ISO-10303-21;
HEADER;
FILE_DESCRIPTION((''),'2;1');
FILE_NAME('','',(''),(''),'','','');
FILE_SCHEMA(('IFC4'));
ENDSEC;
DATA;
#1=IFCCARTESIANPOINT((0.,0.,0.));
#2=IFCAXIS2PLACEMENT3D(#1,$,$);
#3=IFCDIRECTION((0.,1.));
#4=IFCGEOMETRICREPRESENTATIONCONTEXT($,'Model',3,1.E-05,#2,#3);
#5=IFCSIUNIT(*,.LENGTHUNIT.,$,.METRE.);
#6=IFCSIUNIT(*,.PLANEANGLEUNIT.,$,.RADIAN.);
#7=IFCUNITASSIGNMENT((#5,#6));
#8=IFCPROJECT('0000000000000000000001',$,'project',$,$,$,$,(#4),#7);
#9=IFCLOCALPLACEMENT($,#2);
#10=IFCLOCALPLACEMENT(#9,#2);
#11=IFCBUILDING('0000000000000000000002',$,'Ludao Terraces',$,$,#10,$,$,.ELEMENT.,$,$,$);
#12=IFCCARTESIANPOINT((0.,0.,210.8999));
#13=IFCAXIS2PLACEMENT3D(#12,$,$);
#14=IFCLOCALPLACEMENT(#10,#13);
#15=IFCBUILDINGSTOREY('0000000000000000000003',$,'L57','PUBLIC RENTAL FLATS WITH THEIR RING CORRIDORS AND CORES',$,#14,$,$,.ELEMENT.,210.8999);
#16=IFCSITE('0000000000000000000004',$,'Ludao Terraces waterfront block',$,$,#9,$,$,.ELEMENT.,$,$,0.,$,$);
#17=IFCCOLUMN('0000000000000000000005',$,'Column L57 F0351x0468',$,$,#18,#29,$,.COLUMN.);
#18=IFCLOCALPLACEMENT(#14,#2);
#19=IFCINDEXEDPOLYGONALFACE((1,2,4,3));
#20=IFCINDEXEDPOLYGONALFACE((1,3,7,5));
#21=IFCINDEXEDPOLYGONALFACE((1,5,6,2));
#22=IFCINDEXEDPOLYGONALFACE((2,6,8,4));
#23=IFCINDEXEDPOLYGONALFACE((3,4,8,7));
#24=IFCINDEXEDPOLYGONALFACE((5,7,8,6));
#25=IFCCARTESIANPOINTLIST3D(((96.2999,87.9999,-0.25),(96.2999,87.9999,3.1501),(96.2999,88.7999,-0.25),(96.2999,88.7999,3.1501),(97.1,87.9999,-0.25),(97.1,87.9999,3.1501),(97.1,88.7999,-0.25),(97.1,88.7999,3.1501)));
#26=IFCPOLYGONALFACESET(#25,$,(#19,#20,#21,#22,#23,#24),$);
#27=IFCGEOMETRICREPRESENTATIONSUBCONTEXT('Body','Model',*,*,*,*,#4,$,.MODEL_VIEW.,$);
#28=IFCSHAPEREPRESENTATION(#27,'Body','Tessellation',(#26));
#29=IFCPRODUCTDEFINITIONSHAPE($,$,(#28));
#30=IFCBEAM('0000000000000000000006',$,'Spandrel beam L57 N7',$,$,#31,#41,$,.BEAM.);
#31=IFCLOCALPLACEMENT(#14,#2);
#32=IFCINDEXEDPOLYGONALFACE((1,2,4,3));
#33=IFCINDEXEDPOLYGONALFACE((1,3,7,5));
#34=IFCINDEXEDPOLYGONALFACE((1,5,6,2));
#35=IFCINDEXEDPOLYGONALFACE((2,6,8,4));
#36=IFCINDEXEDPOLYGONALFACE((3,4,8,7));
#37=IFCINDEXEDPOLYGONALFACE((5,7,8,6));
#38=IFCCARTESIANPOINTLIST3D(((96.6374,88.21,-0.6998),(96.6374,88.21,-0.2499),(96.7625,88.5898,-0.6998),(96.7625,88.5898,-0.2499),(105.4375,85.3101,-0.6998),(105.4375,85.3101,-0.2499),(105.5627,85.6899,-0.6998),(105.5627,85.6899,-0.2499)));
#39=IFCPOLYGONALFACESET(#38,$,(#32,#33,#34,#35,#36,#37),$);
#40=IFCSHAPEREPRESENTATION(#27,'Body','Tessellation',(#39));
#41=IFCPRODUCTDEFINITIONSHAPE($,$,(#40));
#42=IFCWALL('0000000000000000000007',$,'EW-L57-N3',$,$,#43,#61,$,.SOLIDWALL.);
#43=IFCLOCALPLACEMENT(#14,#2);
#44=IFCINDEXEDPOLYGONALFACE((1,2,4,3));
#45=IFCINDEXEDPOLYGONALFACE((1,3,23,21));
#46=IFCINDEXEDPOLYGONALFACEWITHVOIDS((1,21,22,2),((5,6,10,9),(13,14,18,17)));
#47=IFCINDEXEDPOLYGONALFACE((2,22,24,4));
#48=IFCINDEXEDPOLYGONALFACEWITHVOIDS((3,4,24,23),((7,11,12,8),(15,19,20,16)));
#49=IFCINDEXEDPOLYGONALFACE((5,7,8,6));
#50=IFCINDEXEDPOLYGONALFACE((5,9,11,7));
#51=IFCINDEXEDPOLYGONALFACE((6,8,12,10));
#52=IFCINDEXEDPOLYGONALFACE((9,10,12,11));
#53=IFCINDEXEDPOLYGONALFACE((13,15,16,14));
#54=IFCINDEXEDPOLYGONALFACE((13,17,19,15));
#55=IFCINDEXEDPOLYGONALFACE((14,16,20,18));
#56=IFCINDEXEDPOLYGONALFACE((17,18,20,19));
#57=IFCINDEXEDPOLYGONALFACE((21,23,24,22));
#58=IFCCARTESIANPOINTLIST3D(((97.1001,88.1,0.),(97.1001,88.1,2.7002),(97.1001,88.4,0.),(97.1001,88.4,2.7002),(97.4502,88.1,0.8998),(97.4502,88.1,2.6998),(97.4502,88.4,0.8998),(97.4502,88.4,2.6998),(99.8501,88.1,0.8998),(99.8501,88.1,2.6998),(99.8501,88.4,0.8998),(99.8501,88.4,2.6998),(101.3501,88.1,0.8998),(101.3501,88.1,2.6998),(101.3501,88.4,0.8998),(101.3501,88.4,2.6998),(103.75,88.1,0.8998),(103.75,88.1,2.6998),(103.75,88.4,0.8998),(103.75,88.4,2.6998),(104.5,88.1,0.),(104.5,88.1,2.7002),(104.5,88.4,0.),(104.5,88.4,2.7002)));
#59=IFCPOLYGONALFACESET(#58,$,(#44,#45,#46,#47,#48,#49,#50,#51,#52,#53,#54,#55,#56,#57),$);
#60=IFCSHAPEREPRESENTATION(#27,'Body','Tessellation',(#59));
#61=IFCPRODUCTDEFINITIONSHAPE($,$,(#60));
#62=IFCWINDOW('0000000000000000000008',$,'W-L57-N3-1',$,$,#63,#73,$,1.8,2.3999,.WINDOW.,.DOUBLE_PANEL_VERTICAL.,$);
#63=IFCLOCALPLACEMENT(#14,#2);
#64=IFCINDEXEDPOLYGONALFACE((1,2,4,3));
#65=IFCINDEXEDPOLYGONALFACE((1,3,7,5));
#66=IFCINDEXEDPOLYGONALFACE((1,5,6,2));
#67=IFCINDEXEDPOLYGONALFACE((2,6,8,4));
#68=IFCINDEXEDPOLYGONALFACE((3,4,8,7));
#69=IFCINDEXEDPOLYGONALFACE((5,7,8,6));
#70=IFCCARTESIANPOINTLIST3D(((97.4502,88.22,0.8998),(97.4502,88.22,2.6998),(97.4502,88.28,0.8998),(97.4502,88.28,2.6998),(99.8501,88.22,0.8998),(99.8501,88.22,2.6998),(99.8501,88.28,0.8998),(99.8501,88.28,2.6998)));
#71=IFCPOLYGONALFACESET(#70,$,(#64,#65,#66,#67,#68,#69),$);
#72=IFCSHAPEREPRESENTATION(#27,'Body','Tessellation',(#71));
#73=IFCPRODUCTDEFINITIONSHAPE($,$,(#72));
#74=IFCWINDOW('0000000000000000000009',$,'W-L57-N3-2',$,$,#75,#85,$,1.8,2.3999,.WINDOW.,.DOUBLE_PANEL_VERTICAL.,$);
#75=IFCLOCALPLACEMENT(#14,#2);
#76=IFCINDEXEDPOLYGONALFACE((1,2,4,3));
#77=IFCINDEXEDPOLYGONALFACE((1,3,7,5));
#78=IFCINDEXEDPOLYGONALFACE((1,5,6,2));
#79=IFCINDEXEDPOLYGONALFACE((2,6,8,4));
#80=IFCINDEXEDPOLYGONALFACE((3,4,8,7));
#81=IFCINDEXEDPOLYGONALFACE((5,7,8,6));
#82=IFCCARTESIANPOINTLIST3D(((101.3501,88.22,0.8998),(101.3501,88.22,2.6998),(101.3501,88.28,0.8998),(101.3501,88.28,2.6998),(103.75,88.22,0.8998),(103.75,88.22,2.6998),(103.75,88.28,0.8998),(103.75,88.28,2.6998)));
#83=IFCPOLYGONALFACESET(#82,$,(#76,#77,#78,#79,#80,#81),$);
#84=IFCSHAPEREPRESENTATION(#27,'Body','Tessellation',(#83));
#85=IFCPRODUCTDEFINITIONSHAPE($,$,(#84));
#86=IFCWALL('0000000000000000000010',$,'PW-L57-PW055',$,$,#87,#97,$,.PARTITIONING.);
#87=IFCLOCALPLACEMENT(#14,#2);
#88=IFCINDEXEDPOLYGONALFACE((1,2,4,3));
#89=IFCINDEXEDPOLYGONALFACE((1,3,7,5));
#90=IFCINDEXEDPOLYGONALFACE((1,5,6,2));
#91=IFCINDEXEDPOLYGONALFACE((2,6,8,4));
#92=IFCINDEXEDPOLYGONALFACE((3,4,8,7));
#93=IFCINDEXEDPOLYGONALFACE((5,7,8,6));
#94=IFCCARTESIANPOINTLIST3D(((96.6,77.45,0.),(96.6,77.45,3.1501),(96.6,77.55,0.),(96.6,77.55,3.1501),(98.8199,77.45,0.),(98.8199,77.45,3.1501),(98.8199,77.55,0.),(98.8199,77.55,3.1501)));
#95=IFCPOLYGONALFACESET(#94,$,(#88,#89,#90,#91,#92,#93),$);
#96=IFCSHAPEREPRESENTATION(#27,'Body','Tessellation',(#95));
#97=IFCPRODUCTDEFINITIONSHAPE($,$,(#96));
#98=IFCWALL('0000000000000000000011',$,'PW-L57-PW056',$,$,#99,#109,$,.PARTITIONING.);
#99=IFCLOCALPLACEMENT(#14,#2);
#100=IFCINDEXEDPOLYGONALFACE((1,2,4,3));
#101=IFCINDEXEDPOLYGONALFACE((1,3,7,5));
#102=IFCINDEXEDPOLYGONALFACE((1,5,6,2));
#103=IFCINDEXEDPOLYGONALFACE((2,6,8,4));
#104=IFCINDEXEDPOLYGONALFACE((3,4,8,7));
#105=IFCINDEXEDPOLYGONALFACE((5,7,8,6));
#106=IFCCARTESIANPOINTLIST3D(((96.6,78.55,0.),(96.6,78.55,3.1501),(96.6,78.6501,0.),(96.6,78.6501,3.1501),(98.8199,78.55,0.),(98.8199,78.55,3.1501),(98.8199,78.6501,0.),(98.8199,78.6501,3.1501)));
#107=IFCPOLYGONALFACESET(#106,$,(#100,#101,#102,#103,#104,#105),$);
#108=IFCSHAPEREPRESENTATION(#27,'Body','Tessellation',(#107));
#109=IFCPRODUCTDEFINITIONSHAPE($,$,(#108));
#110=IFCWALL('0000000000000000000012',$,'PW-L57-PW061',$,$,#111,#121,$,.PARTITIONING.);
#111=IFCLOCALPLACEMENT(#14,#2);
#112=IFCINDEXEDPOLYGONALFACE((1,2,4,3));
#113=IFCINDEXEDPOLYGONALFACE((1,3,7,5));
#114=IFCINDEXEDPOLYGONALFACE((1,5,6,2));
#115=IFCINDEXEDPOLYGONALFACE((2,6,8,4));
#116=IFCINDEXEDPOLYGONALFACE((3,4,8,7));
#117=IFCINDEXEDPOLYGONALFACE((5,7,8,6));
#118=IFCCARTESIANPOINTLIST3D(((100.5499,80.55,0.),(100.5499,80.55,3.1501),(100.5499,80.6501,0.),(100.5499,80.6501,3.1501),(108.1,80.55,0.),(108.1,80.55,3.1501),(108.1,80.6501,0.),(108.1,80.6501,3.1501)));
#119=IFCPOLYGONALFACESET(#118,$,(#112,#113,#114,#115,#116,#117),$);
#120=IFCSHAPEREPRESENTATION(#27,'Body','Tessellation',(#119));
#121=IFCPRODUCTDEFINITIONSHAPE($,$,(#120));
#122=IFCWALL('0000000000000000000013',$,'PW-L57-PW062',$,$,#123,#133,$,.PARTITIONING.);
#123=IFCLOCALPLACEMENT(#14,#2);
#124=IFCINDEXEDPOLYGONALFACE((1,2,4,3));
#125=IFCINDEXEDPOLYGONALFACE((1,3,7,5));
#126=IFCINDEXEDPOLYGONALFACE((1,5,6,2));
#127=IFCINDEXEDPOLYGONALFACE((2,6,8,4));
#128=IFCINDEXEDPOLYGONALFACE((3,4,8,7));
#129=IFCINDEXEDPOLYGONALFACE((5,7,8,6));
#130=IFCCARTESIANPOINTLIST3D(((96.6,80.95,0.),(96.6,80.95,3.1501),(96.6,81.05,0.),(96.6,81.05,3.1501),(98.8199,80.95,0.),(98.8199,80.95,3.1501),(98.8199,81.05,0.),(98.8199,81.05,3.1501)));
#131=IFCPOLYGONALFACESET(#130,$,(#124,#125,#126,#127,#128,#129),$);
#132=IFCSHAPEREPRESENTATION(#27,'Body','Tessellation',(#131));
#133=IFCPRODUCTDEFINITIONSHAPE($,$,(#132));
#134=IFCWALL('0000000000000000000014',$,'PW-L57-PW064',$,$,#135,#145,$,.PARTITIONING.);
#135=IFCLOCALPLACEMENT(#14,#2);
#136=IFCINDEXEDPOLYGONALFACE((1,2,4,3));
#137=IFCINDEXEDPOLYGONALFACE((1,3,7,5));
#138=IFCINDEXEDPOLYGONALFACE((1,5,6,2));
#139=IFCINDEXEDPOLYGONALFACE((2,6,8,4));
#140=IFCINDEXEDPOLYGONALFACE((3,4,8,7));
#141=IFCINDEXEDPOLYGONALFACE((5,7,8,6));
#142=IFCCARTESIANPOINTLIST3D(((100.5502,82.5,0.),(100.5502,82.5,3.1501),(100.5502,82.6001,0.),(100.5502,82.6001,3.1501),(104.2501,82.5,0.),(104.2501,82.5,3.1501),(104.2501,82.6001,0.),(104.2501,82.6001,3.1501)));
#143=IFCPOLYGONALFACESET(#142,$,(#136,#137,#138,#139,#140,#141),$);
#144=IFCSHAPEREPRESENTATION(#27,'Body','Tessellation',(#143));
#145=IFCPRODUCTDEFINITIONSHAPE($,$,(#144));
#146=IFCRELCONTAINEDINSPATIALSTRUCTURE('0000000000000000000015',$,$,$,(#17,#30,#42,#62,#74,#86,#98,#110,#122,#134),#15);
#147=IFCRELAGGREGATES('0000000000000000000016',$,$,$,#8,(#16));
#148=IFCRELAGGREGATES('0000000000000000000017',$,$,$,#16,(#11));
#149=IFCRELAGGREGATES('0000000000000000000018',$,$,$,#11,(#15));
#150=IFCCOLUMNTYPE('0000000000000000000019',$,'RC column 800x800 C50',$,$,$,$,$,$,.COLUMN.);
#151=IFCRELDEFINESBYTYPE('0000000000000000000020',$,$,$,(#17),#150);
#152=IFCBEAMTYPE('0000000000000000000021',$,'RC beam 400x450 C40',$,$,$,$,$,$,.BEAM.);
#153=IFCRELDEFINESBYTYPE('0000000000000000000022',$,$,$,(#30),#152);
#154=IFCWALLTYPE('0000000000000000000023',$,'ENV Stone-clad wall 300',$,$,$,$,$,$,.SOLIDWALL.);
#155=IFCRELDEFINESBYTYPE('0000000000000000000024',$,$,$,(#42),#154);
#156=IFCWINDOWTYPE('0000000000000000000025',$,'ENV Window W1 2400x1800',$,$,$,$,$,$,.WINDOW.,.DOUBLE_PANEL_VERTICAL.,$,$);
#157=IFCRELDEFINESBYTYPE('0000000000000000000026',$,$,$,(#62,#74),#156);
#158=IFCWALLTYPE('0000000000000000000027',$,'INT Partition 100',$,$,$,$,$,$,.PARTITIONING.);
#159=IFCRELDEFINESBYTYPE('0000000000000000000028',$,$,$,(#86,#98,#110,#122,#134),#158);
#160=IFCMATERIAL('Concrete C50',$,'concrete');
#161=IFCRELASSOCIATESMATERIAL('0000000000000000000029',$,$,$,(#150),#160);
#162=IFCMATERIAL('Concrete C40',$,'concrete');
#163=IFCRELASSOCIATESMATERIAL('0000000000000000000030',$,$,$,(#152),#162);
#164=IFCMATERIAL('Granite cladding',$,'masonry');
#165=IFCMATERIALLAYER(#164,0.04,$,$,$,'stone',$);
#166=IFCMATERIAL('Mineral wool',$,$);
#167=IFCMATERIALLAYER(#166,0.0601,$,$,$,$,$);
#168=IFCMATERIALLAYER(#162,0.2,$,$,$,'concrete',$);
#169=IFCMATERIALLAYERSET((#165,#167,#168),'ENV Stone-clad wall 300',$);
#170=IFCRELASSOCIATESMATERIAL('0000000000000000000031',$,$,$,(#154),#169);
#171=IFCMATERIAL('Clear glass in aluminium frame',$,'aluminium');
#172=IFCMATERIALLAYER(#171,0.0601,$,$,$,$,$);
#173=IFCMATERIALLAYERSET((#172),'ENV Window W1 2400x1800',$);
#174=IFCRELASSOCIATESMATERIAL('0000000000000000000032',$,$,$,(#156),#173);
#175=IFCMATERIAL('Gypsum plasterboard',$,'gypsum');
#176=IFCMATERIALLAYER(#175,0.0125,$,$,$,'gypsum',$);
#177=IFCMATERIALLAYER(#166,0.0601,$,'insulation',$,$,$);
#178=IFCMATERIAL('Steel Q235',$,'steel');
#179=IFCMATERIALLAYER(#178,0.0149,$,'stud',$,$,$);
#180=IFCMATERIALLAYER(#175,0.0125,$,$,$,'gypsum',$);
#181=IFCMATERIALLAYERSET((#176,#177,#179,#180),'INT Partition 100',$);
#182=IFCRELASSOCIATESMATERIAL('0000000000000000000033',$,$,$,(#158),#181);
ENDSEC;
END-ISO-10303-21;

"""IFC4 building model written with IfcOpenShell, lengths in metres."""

from ifc_helpers import new_model, si_unit, direction, frame, frame_2d, origin, origin_2d, place, context, subcontext, project, spatial, rectangle, extrude, material, layer, layer_set, material_profile, profile_set, type_object, element, fill, save


model = new_model("IFC4")

# Units and contexts
model_context = context("Model", 3, precision=1e-05, world=origin(), true_north=direction((0.0, 1.0)))
body_context = subcontext(model_context, "Body", "Model", "MODEL_VIEW")
ifc_project = project(units=[si_unit("LENGTHUNIT", "METRE"), si_unit("PLANEANGLEUNIT", "RADIAN")], contexts=[model_context])

# Site, building, storey
site_placement = place(None, origin())
site = spatial("IfcSite", under=ifc_project, at=site_placement, Name="Ludao Terraces waterfront block", CompositionType="ELEMENT", RefElevation=0.0)
building_placement = place(site_placement, origin())
building = spatial("IfcBuilding", under=site, at=building_placement, Name="Ludao Terraces", CompositionType="ELEMENT")
storey_placement = place(building_placement, frame((0.0, 0.0, 210.8999)))
storey = spatial("IfcBuildingStorey", under=building, at=storey_placement, Name="L57", Description="PUBLIC RENTAL FLATS WITH THEIR RING CORRIDORS AND CORES", CompositionType="ELEMENT", Elevation=210.8999)

# Column
ifc_material_1 = material(Name="Concrete C50", Category="concrete")
ifc_material_profile_1 = material_profile(ifc_material_1, rectangle(XDim=0.8, YDim=0.8, at=origin_2d()), Name="800 X 800")
ifc_profile_set_1 = profile_set([ifc_material_profile_1], Name="Concrete C50")
column_type = type_object("IfcColumnType", Name="RC column 800x800 C50", PredefinedType="COLUMN", material=ifc_profile_set_1)
column_placement = place(storey_placement, frame((96.7, 88.3999, -0.25), z_axis=(0.0, 0.0, 1.0), x_axis=(1.0, 0.0, 0.0)))
element("IfcColumn", 1, at=column_placement, inside=storey, type_object=column_type, Name="Column L57 F0351x0468", PredefinedType="COLUMN", context=body_context, shape_type="SweptSolid", body=[
    extrude(rectangle(XDim=0.8, YDim=0.8, at=origin_2d()), origin(), (0.0, 0.0, 1.0), 3.4001),
])

# Beam
ifc_material_2 = material(Name="Concrete C40", Category="concrete")
ifc_material_profile_2 = material_profile(ifc_material_2, rectangle(XDim=0.3999, YDim=0.45, at=origin_2d()), Name="400 X 450")
ifc_profile_set_2 = profile_set([ifc_material_profile_2], Name="Concrete C40")
beam_type = type_object("IfcBeamType", Name="RC beam 400x450 C40", PredefinedType="BEAM", material=ifc_profile_set_2)
beam_placement = place(storey_placement, frame((96.7, 88.3999, -0.4749), z_axis=(0.949761, -0.312977, 0.0), x_axis=(0.312977, 0.949761, 0.0)))
element("IfcBeam", 2, at=beam_placement, inside=storey, type_object=beam_type, Name="Spandrel beam L57 N7", PredefinedType="BEAM", context=body_context, shape_type="SweptSolid", body=[
    extrude(rectangle(XDim=0.3999, YDim=0.45, at=origin_2d()), origin(), (0.0, 0.0, 1.0), 9.2656),
])

# Wall, openings, windows
ifc_material_3 = material(Name="Granite cladding", Category="masonry")
ifc_layer_1 = layer(ifc_material_3, 0.04, Category="stone")
ifc_material_4 = material(Name="Mineral wool")
ifc_layer_2 = layer(ifc_material_4, 0.0601)
ifc_layer_3 = layer(ifc_material_2, 0.2, Category="concrete")
ifc_layer_set_1 = layer_set([ifc_layer_1, ifc_layer_2, ifc_layer_3], Name="ENV Stone-clad wall 300")
wall_type_1 = type_object("IfcWallType", Name="ENV Stone-clad wall 300", PredefinedType="SOLIDWALL", material=ifc_layer_set_1)
wall_1_placement = place(storey_placement, frame((97.1001, 88.25, 0.0), z_axis=(0.0, 0.0, 1.0), x_axis=(1.0, 0.0, 0.0)))
wall_1 = element("IfcWall", 3, at=wall_1_placement, inside=storey, type_object=wall_type_1, Name="EW-L57-N3", PredefinedType="SOLIDWALL", context=body_context, shape_type="SweptSolid", body=[
    extrude(rectangle(XDim=7.3999, YDim=0.3, at=frame_2d((3.7, 0.0))), origin(), (0.0, 0.0, 1.0), 2.7002),
])
opening_1_placement = place(wall_1_placement, frame((0.3501, 0.0, 0.8999)))
opening_1 = element("IfcOpeningElement", 4, at=opening_1_placement, cuts=wall_1, PredefinedType="OPENING", context=body_context, shape_type="SweptSolid", body=[
    extrude(rectangle(XDim=2.3999, YDim=1.8, at=frame_2d((1.2, 0.8999))), frame((0.0, 0.1602, 0.0), z_axis=(0.0, -1.0, 0.0), x_axis=(1.0, 0.0, 0.0)), (0.0, 0.0, 1.0), 0.3201),
])
opening_2_placement = place(wall_1_placement, frame((4.25, 0.0, 0.8999)))
opening_2 = element("IfcOpeningElement", 5, at=opening_2_placement, cuts=wall_1, PredefinedType="OPENING", context=body_context, shape_type="SweptSolid", body=[
    extrude(rectangle(XDim=2.3999, YDim=1.8, at=frame_2d((1.2, 0.8999))), frame((0.0, 0.1602, 0.0), z_axis=(0.0, -1.0, 0.0), x_axis=(1.0, 0.0, 0.0)), (0.0, 0.0, 1.0), 0.3201),
])
ifc_material_5 = material(Name="Clear glass in aluminium frame", Category="aluminium")
ifc_layer_4 = layer(ifc_material_5, 0.0601)
ifc_layer_set_2 = layer_set([ifc_layer_4], Name="ENV Window W1 2400x1800")
window_type = type_object("IfcWindowType", Name="ENV Window W1 2400x1800", PartitioningType="DOUBLE_PANEL_VERTICAL", PredefinedType="WINDOW", material=ifc_layer_set_2)
window_1_placement = place(opening_1_placement, origin())
window_1 = element("IfcWindow", 6, at=window_1_placement, inside=storey, type_object=window_type, Name="W-L57-N3-1", OverallHeight=1.8, OverallWidth=2.3999, PartitioningType="DOUBLE_PANEL_VERTICAL", PredefinedType="WINDOW", context=body_context, shape_type="SweptSolid", body=[
    extrude(rectangle(XDim=2.3999, YDim=1.8, at=frame_2d((1.2, 0.8999))), frame((0.0, 0.03, 0.0), z_axis=(0.0, -1.0, 0.0), x_axis=(1.0, 0.0, 0.0)), (0.0, 0.0, 1.0), 0.0601),
])
fill(opening_1, window_1)
window_2_placement = place(opening_2_placement, origin())
window_2 = element("IfcWindow", 7, at=window_2_placement, inside=storey, type_object=window_type, Name="W-L57-N3-2", OverallHeight=1.8, OverallWidth=2.3999, PartitioningType="DOUBLE_PANEL_VERTICAL", PredefinedType="WINDOW", context=body_context, shape_type="SweptSolid", body=[
    extrude(rectangle(XDim=2.3999, YDim=1.8, at=frame_2d((1.2, 0.8999))), frame((0.0, 0.03, 0.0), z_axis=(0.0, -1.0, 0.0), x_axis=(1.0, 0.0, 0.0)), (0.0, 0.0, 1.0), 0.0601),
])
fill(opening_2, window_2)

# Walls
ifc_material_6 = material(Name="Gypsum plasterboard", Category="gypsum")
ifc_layer_5 = layer(ifc_material_6, 0.0125, Category="gypsum")
ifc_layer_6 = layer(ifc_material_4, 0.0601, Name="insulation")
ifc_material_7 = material(Name="Steel Q235", Category="steel")
ifc_layer_7 = layer(ifc_material_7, 0.0149, Name="stud")
ifc_layer_8 = layer(ifc_material_6, 0.0125, Category="gypsum")
ifc_layer_set_3 = layer_set([ifc_layer_5, ifc_layer_6, ifc_layer_7, ifc_layer_8], Name="INT Partition 100")
wall_type_2 = type_object("IfcWallType", Name="INT Partition 100", PredefinedType="PARTITIONING", material=ifc_layer_set_3)
for number, where, z_axis, x_axis, name in (
    (8, (96.6001, 77.5, 0.0), (0.0, 0.0, 1.0), (1.0, 0.0, 0.0), "PW-L57-PW055"),
    (9, (96.6001, 78.6001, 0.0), (0.0, 0.0, 1.0), (1.0, 0.0, 0.0), "PW-L57-PW056"),
):
    element("IfcWall", number, at=place(storey_placement, frame(where, z_axis=z_axis, x_axis=x_axis)), inside=storey, type_object=wall_type_2, Name=name, PredefinedType="PARTITIONING", context=body_context, shape_type="SweptSolid", body=[
        extrude(rectangle(XDim=2.22, YDim=0.1001, at=frame_2d((1.1099, 0.0))), origin(), (0.0, 0.0, 1.0), 3.1501),
    ])
wall_2_placement = place(storey_placement, frame((100.55, 80.6001, 0.0), z_axis=(0.0, 0.0, 1.0), x_axis=(1.0, 0.0, 0.0)))
element("IfcWall", 10, at=wall_2_placement, inside=storey, type_object=wall_type_2, Name="PW-L57-PW061", PredefinedType="PARTITIONING", context=body_context, shape_type="SweptSolid", body=[
    extrude(rectangle(XDim=7.55, YDim=0.1001, at=frame_2d((3.7749, 0.0))), origin(), (0.0, 0.0, 1.0), 3.1501),
])
wall_3_placement = place(storey_placement, frame((96.6001, 81.0, 0.0), z_axis=(0.0, 0.0, 1.0), x_axis=(1.0, 0.0, 0.0)))
element("IfcWall", 11, at=wall_3_placement, inside=storey, type_object=wall_type_2, Name="PW-L57-PW062", PredefinedType="PARTITIONING", context=body_context, shape_type="SweptSolid", body=[
    extrude(rectangle(XDim=2.22, YDim=0.1001, at=frame_2d((1.1099, 0.0))), origin(), (0.0, 0.0, 1.0), 3.1501),
])
wall_4_placement = place(storey_placement, frame((100.55, 82.55, 0.0), z_axis=(0.0, 0.0, 1.0), x_axis=(1.0, 0.0, 0.0)))
element("IfcWall", 12, at=wall_4_placement, inside=storey, type_object=wall_type_2, Name="PW-L57-PW064", PredefinedType="PARTITIONING", context=body_context, shape_type="SweptSolid", body=[
    extrude(rectangle(XDim=3.7, YDim=0.1001, at=frame_2d((1.8501, 0.0))), origin(), (0.0, 0.0, 1.0), 3.1501),
])

save(model, "model.ifc")
